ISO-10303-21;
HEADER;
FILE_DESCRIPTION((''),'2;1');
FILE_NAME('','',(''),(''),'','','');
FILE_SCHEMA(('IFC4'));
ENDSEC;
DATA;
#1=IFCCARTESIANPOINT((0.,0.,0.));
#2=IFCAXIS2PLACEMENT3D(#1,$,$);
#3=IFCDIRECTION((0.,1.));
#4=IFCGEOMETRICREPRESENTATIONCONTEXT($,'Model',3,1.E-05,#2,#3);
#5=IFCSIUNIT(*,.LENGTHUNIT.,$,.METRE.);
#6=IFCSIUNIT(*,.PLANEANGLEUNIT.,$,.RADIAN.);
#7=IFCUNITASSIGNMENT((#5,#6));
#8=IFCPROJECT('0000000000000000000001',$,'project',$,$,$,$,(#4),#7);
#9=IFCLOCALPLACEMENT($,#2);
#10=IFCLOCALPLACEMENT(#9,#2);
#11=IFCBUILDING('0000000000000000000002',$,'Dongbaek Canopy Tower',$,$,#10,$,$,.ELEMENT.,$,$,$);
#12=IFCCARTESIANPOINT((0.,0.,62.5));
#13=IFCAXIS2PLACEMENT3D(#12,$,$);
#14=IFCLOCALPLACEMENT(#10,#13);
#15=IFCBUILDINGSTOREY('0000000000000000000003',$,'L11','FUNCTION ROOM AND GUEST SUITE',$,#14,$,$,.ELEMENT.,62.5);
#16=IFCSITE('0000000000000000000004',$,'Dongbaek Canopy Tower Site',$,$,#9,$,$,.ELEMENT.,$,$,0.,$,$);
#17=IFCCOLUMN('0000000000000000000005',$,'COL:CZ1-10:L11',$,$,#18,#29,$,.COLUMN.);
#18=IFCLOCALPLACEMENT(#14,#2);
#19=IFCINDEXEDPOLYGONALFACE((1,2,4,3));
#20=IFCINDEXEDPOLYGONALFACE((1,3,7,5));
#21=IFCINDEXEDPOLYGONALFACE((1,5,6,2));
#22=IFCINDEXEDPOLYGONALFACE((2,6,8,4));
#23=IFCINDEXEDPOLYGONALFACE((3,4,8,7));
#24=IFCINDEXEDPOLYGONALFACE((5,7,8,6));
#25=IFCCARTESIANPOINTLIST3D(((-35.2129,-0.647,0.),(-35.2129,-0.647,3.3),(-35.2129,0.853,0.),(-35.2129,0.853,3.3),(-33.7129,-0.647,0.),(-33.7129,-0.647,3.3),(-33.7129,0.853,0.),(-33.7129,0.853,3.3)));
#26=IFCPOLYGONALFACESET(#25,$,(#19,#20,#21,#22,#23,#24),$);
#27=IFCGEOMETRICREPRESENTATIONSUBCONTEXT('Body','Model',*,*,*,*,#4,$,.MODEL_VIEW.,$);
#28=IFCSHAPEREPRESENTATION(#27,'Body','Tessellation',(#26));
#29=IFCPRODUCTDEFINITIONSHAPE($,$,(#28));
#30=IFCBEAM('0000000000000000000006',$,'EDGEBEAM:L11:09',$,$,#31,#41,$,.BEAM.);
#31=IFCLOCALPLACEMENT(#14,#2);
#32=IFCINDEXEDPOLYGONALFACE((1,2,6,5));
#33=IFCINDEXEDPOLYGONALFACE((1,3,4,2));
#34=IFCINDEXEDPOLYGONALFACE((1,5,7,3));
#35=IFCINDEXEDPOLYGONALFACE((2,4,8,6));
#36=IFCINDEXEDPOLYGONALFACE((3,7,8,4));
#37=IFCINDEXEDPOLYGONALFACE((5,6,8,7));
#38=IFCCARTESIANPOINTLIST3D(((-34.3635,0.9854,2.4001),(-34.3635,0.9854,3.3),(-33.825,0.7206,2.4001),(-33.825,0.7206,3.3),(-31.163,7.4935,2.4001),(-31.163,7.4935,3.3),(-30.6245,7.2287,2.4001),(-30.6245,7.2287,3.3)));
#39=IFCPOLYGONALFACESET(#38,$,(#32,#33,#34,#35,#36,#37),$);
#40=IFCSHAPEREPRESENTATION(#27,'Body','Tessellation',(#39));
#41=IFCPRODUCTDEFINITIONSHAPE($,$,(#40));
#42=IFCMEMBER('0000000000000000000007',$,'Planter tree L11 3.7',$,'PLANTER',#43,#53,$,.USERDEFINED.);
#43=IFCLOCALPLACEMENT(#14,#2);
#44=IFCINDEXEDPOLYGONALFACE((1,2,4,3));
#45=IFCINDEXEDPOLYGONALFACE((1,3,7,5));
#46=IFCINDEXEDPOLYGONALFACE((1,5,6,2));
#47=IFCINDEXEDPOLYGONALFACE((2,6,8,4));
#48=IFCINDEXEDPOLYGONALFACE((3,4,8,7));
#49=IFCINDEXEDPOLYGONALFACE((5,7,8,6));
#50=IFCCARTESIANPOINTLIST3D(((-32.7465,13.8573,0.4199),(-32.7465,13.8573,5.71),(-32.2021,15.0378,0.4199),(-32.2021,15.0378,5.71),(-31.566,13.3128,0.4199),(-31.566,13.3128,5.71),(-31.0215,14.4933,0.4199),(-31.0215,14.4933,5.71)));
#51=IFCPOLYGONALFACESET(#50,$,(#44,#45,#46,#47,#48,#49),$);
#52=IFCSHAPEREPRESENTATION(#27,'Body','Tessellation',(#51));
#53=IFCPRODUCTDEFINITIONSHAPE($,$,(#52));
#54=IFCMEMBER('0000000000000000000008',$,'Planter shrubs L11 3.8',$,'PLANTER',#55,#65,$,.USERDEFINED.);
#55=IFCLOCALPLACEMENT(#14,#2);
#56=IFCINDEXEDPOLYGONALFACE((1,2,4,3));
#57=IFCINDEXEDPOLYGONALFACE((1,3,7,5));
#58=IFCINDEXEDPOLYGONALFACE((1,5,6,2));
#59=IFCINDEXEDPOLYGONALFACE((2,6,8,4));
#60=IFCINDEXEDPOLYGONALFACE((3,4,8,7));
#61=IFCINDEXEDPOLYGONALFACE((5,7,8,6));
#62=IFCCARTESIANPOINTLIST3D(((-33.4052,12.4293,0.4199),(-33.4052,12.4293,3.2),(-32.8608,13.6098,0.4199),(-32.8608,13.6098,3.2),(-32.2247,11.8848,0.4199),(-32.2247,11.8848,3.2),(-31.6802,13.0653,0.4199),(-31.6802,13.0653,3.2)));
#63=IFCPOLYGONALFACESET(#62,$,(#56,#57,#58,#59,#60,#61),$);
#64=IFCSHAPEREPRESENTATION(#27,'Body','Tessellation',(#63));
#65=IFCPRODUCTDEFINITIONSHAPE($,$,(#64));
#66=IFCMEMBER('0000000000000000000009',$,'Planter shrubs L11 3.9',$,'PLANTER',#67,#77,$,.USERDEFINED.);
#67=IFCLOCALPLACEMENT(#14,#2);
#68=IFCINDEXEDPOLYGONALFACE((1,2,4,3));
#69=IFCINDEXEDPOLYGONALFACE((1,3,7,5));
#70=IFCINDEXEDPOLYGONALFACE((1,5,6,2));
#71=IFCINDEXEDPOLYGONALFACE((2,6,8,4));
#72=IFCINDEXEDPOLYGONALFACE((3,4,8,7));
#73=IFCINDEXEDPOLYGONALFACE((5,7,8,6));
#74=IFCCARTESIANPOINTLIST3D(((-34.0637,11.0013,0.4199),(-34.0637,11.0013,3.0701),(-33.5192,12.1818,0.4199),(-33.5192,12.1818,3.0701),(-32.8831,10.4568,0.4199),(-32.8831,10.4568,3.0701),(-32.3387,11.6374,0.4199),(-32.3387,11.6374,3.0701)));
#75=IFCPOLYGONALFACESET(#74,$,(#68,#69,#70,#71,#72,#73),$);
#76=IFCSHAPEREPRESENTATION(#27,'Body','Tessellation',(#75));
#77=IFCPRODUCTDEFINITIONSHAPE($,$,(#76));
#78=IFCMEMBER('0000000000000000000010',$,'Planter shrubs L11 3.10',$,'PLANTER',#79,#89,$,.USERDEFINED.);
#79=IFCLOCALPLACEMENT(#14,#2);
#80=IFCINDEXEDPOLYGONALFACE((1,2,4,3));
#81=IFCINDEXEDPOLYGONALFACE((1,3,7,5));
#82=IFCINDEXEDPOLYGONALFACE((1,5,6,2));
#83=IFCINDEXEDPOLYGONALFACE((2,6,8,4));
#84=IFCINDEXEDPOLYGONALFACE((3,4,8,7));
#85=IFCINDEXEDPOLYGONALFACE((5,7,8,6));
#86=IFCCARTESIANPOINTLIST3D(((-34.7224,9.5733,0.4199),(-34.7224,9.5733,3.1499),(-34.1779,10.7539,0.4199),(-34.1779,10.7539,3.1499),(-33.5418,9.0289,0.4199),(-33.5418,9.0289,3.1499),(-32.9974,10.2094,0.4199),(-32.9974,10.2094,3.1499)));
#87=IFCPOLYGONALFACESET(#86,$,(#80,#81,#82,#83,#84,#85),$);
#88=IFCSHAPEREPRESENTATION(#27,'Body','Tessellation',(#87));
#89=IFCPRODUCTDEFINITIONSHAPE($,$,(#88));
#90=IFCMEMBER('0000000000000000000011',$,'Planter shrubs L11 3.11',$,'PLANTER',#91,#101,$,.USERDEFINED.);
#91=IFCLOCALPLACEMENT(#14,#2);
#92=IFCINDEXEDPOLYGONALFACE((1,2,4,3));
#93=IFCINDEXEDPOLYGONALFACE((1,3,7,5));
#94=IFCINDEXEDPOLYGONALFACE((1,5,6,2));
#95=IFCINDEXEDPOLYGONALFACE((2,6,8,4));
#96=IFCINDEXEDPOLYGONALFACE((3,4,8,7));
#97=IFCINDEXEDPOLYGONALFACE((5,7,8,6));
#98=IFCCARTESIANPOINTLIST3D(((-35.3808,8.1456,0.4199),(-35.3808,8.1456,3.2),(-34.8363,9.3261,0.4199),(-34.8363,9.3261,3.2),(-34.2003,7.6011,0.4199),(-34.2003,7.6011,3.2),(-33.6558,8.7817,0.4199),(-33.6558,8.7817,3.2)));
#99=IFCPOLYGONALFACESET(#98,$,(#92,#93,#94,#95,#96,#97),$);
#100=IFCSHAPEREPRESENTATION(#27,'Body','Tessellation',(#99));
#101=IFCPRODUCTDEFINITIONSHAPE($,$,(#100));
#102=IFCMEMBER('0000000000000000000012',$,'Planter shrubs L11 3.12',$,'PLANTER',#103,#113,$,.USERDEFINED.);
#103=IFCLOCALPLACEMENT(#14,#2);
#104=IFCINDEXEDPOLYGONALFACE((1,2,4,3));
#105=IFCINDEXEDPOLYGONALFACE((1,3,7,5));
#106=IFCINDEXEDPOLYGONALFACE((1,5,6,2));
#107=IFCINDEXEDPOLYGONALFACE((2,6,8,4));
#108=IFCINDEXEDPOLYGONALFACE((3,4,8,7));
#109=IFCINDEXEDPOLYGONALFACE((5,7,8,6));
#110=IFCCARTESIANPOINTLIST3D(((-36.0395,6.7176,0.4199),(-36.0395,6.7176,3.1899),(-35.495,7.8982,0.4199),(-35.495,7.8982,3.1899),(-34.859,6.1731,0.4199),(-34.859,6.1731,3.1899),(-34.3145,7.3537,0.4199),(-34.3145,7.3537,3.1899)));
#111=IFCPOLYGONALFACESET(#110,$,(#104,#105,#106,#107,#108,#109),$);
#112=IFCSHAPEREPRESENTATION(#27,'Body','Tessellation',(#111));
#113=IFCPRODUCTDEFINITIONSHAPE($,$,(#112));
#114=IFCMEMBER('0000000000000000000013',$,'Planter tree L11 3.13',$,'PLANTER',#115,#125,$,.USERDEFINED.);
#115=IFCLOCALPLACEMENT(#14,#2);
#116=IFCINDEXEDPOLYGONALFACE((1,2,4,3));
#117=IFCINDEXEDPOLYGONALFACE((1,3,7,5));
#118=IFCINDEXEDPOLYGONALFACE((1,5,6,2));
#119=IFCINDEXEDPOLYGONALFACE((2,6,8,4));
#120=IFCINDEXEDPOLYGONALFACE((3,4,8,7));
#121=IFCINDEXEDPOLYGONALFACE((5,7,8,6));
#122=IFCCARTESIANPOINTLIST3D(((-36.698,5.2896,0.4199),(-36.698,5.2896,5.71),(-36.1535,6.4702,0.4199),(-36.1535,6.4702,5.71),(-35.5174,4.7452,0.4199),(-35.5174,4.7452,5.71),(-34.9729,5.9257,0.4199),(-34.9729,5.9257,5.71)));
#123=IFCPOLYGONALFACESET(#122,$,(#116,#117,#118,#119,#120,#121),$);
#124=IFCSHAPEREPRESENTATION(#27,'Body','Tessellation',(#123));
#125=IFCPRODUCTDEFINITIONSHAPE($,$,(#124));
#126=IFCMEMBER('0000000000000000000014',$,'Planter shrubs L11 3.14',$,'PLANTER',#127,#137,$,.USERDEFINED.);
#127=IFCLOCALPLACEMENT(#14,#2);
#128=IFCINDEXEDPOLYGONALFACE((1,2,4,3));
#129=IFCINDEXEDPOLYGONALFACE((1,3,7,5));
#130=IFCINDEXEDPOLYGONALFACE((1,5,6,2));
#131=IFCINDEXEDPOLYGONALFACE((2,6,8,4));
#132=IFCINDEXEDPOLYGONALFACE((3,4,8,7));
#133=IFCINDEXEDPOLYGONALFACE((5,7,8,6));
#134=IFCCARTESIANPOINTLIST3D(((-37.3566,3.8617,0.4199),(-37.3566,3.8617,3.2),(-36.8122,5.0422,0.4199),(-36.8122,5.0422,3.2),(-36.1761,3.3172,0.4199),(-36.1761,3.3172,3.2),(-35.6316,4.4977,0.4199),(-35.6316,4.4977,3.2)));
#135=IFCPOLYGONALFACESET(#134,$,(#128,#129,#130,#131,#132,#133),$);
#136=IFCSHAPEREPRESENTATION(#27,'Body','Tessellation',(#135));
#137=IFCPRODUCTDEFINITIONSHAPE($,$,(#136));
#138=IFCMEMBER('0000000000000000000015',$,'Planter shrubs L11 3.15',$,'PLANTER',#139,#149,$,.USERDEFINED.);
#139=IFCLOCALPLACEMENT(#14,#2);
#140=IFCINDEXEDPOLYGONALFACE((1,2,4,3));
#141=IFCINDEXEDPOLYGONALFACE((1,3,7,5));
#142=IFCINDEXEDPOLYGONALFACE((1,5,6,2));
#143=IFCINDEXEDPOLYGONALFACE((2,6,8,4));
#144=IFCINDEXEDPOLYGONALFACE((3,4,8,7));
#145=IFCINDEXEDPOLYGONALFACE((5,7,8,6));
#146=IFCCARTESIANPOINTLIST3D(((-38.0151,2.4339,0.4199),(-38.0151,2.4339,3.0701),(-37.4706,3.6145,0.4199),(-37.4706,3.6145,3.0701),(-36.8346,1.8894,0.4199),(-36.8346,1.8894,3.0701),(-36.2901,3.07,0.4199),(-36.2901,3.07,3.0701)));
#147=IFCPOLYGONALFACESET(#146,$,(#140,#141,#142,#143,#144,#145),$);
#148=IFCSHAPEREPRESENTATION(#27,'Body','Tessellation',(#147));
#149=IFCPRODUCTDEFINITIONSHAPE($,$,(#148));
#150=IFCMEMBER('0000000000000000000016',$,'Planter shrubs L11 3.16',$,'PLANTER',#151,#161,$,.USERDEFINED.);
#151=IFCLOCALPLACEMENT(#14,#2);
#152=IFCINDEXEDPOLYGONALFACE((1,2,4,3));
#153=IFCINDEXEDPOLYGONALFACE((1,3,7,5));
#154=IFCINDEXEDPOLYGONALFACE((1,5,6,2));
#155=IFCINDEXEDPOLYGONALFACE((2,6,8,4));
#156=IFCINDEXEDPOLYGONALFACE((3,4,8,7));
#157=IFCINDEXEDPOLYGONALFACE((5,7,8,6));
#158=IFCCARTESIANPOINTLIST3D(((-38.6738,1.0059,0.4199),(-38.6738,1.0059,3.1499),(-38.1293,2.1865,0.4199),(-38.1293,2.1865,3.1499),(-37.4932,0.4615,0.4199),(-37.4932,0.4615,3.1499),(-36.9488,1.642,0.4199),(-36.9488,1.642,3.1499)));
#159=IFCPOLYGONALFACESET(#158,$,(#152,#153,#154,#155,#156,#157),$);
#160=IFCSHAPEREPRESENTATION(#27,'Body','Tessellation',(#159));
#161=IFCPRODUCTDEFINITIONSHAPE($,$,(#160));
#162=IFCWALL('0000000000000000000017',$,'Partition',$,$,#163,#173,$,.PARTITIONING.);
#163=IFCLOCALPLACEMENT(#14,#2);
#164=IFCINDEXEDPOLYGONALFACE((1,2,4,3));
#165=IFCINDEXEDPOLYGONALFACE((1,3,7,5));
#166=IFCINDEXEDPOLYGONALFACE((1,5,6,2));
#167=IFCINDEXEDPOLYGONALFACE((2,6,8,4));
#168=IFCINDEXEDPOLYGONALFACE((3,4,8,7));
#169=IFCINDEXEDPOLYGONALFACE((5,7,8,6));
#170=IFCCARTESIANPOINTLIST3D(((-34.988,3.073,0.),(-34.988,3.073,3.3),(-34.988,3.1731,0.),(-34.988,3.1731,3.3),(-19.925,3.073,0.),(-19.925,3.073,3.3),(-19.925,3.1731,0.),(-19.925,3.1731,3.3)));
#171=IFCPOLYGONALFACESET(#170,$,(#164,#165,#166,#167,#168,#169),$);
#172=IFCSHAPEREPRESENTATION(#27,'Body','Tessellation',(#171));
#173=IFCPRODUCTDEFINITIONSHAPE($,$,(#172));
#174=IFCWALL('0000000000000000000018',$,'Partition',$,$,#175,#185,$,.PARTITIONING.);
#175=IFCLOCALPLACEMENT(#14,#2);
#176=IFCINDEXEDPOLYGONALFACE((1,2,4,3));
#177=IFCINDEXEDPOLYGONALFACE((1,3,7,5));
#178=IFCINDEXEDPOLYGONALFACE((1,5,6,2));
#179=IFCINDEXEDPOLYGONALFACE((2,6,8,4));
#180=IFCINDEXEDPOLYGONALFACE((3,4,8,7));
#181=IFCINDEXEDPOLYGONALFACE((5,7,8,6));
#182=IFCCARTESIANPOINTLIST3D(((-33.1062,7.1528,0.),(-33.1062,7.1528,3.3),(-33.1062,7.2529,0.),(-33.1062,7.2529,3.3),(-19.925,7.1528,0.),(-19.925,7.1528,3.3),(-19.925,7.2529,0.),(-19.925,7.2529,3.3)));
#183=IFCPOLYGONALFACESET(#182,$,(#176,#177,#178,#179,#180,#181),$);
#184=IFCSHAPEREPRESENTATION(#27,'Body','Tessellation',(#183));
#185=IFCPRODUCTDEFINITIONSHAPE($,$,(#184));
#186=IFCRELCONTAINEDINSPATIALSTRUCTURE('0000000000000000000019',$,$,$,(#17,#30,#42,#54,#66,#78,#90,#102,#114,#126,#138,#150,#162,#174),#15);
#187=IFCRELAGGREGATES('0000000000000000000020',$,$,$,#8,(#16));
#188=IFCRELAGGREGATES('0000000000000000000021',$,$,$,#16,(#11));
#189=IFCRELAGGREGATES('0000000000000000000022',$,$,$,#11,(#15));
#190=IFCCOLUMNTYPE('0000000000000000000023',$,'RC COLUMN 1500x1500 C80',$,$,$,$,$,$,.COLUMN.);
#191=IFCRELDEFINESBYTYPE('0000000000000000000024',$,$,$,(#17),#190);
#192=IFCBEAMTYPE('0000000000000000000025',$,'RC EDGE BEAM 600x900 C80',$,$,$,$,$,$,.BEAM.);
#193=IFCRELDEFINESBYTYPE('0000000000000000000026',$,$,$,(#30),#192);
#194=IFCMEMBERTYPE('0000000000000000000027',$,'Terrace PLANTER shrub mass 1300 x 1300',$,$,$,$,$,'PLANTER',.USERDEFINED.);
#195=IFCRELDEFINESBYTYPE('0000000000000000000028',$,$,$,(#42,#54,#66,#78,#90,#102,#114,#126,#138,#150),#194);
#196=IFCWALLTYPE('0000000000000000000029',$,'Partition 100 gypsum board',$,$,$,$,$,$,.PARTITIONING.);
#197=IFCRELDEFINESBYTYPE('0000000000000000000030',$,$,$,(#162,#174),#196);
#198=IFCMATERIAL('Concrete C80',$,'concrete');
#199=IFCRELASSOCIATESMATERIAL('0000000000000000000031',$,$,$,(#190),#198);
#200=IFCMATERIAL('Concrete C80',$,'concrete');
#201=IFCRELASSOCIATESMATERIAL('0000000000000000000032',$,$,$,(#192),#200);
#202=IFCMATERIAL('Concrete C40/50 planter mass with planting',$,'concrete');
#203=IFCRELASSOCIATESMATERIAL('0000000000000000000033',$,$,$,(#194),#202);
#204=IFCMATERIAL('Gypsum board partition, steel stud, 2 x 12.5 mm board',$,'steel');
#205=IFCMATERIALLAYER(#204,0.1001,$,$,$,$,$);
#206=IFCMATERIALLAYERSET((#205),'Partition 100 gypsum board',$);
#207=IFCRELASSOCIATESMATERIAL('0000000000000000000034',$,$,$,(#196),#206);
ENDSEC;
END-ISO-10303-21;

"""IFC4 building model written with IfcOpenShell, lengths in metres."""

from ifc_helpers import new_model, si_unit, direction, frame, frame_2d, origin, origin_2d, place, context, subcontext, project, spatial, rectangle, extrude, material, layer, layer_set, material_profile, profile_set, type_object, element, save


model = new_model("IFC4")

# Units and contexts
model_context = context("Model", 3, precision=1e-05, world=origin(), true_north=direction((0.0, 1.0)))
body_context = subcontext(model_context, "Body", "Model", "MODEL_VIEW")
ifc_project = project(units=[si_unit("LENGTHUNIT", "METRE"), si_unit("PLANEANGLEUNIT", "RADIAN")], contexts=[model_context])

# Site, building, storey
site_placement = place(None, origin())
site = spatial("IfcSite", under=ifc_project, at=site_placement, Name="Dongbaek Canopy Tower Site", CompositionType="ELEMENT", RefElevation=0.0)
building_placement = place(site_placement, origin())
building = spatial("IfcBuilding", under=site, at=building_placement, Name="Dongbaek Canopy Tower", CompositionType="ELEMENT")
storey_placement = place(building_placement, frame((0.0, 0.0, 62.5)))
storey = spatial("IfcBuildingStorey", under=building, at=storey_placement, Name="L11", Description="FUNCTION ROOM AND GUEST SUITE", CompositionType="ELEMENT", Elevation=62.5)

# Column
ifc_material_1 = material(Name="Concrete C80", Category="concrete")
ifc_material_profile_1 = material_profile(ifc_material_1, rectangle(XDim=1.5, YDim=1.5, at=origin_2d()), Name="RC COLUMN 1500x1500 C80")
ifc_profile_set_1 = profile_set([ifc_material_profile_1], Name="Concrete C80")
column_type = type_object("IfcColumnType", Name="RC COLUMN 1500x1500 C80", PredefinedType="COLUMN", material=ifc_profile_set_1)
column_placement = place(storey_placement, frame((-34.4629, 0.103, 0.0), z_axis=(0.0, 0.0, 1.0), x_axis=(1.0, 0.0, 0.0)))
element("IfcColumn", 1, at=column_placement, inside=storey, type_object=column_type, Name="COL:CZ1-10:L11", PredefinedType="COLUMN", context=body_context, shape_type="SweptSolid", body=[
    extrude(rectangle(XDim=1.5, YDim=1.5, at=origin_2d()), origin(), (0.0, 0.0, 1.0), 3.3),
])

# Beam
ifc_material_2 = material(Name="Concrete C80", Category="concrete")
ifc_material_profile_2 = material_profile(ifc_material_2, rectangle(XDim=0.6001, YDim=0.8999, at=origin_2d()), Name="RC EDGE BEAM 600x900 C80")
ifc_profile_set_2 = profile_set([ifc_material_profile_2], Name="Concrete C80")
beam_type = type_object("IfcBeamType", Name="RC EDGE BEAM 600x900 C80", PredefinedType="BEAM", material=ifc_profile_set_2)
beam_placement = place(storey_placement, frame((-34.0942, 0.853, 2.8501), z_axis=(0.441293, 0.897363, 0.0), x_axis=(-0.897363, 0.441293, 0.0)))
element("IfcBeam", 2, at=beam_placement, inside=storey, type_object=beam_type, Name="EDGEBEAM:L11:09", PredefinedType="BEAM", context=body_context, shape_type="SweptSolid", body=[
    extrude(rectangle(XDim=0.6001, YDim=0.8999, at=origin_2d()), origin(), (0.0, 0.0, 1.0), 7.2524),
])

# Members
ifc_material_3 = material(Name="Concrete C40/50 planter mass with planting", Category="concrete")
ifc_material_profile_3 = material_profile(ifc_material_3, rectangle(XDim=1.3, YDim=1.3, at=origin_2d()), Name="Terrace PLANTER shrub mass 1300 x 1300")
ifc_profile_set_3 = profile_set([ifc_material_profile_3], Name="Concrete C40/50 planter mass with planting")
member_type = type_object("IfcMemberType", Name="Terrace PLANTER shrub mass 1300 x 1300", ElementType="PLANTER", PredefinedType="USERDEFINED", material=ifc_profile_set_3)
member_1_placement = place(storey_placement, frame((-31.884, 14.1753, 0.4199), z_axis=(0.0, 0.0, 1.0), x_axis=(-0.908073, 0.418811, 0.0)))
element("IfcMember", 3, at=member_1_placement, inside=storey, type_object=member_type, Name="Planter tree L11 3.7", ObjectType="PLANTER", PredefinedType="USERDEFINED", context=body_context, shape_type="SweptSolid", body=[
    extrude(rectangle(XDim=1.3, YDim=1.3, at=origin_2d()), origin(), (0.0, 0.0, 1.0), 5.29),
])
member_2_placement = place(storey_placement, frame((-32.5427, 12.7473, 0.4199), z_axis=(0.0, 0.0, 1.0), x_axis=(-0.908073, 0.418811, 0.0)))
element("IfcMember", 4, at=member_2_placement, inside=storey, type_object=member_type, Name="Planter shrubs L11 3.8", ObjectType="PLANTER", PredefinedType="USERDEFINED", context=body_context, shape_type="SweptSolid", body=[
    extrude(rectangle(XDim=1.3, YDim=1.3, at=origin_2d()), origin(), (0.0, 0.0, 1.0), 2.78),
])
member_3_placement = place(storey_placement, frame((-33.2012, 11.3193, 0.4199), z_axis=(0.0, 0.0, 1.0), x_axis=(-0.908073, 0.418811, 0.0)))
element("IfcMember", 5, at=member_3_placement, inside=storey, type_object=member_type, Name="Planter shrubs L11 3.9", ObjectType="PLANTER", PredefinedType="USERDEFINED", context=body_context, shape_type="SweptSolid", body=[
    extrude(rectangle(XDim=1.3, YDim=1.3, at=origin_2d()), origin(), (0.0, 0.0, 1.0), 2.6501),
])
member_4_placement = place(storey_placement, frame((-33.8599, 9.8914, 0.4199), z_axis=(0.0, 0.0, 1.0), x_axis=(-0.908073, 0.418811, 0.0)))
element("IfcMember", 6, at=member_4_placement, inside=storey, type_object=member_type, Name="Planter shrubs L11 3.10", ObjectType="PLANTER", PredefinedType="USERDEFINED", context=body_context, shape_type="SweptSolid", body=[
    extrude(rectangle(XDim=1.3, YDim=1.3, at=origin_2d()), origin(), (0.0, 0.0, 1.0), 2.73),
])
member_5_placement = place(storey_placement, frame((-34.5183, 8.4636, 0.4199), z_axis=(0.0, 0.0, 1.0), x_axis=(-0.908073, 0.418811, 0.0)))
element("IfcMember", 7, at=member_5_placement, inside=storey, type_object=member_type, Name="Planter shrubs L11 3.11", ObjectType="PLANTER", PredefinedType="USERDEFINED", context=body_context, shape_type="SweptSolid", body=[
    extrude(rectangle(XDim=1.3, YDim=1.3, at=origin_2d()), origin(), (0.0, 0.0, 1.0), 2.78),
])
member_6_placement = place(storey_placement, frame((-35.177, 7.0356, 0.4199), z_axis=(0.0, 0.0, 1.0), x_axis=(-0.908073, 0.418811, 0.0)))
element("IfcMember", 8, at=member_6_placement, inside=storey, type_object=member_type, Name="Planter shrubs L11 3.12", ObjectType="PLANTER", PredefinedType="USERDEFINED", context=body_context, shape_type="SweptSolid", body=[
    extrude(rectangle(XDim=1.3, YDim=1.3, at=origin_2d()), origin(), (0.0, 0.0, 1.0), 2.77),
])
member_7_placement = place(storey_placement, frame((-35.8354, 5.6077, 0.4199), z_axis=(0.0, 0.0, 1.0), x_axis=(-0.908073, 0.418811, 0.0)))
element("IfcMember", 9, at=member_7_placement, inside=storey, type_object=member_type, Name="Planter tree L11 3.13", ObjectType="PLANTER", PredefinedType="USERDEFINED", context=body_context, shape_type="SweptSolid", body=[
    extrude(rectangle(XDim=1.3, YDim=1.3, at=origin_2d()), origin(), (0.0, 0.0, 1.0), 5.29),
])
member_8_placement = place(storey_placement, frame((-36.4941, 4.1797, 0.4199), z_axis=(0.0, 0.0, 1.0), x_axis=(-0.908073, 0.418811, 0.0)))
element("IfcMember", 10, at=member_8_placement, inside=storey, type_object=member_type, Name="Planter shrubs L11 3.14", ObjectType="PLANTER", PredefinedType="USERDEFINED", context=body_context, shape_type="SweptSolid", body=[
    extrude(rectangle(XDim=1.3, YDim=1.3, at=origin_2d()), origin(), (0.0, 0.0, 1.0), 2.78),
])
member_9_placement = place(storey_placement, frame((-37.1526, 2.752, 0.4199), z_axis=(0.0, 0.0, 1.0), x_axis=(-0.908073, 0.418811, 0.0)))
element("IfcMember", 11, at=member_9_placement, inside=storey, type_object=member_type, Name="Planter shrubs L11 3.15", ObjectType="PLANTER", PredefinedType="USERDEFINED", context=body_context, shape_type="SweptSolid", body=[
    extrude(rectangle(XDim=1.3, YDim=1.3, at=origin_2d()), origin(), (0.0, 0.0, 1.0), 2.6501),
])
member_10_placement = place(storey_placement, frame((-37.8113, 1.324, 0.4199), z_axis=(0.0, 0.0, 1.0), x_axis=(-0.908073, 0.418811, 0.0)))
element("IfcMember", 12, at=member_10_placement, inside=storey, type_object=member_type, Name="Planter shrubs L11 3.16", ObjectType="PLANTER", PredefinedType="USERDEFINED", context=body_context, shape_type="SweptSolid", body=[
    extrude(rectangle(XDim=1.3, YDim=1.3, at=origin_2d()), origin(), (0.0, 0.0, 1.0), 2.73),
])

# Walls
ifc_material_4 = material(Name="Gypsum board partition, steel stud, 2 x 12.5 mm board", Category="steel")
ifc_layer = layer(ifc_material_4, 0.1001)
ifc_layer_set = layer_set([ifc_layer], Name="Partition 100 gypsum board")
wall_type = type_object("IfcWallType", Name="Partition 100 gypsum board", PredefinedType="PARTITIONING", material=ifc_layer_set)
wall_1_placement = place(storey_placement, frame((-34.988, 3.123, 0.0), z_axis=(0.0, 0.0, 1.0), x_axis=(1.0, 0.0, 0.0)))
element("IfcWall", 13, at=wall_1_placement, inside=storey, type_object=wall_type, Name="Partition", PredefinedType="PARTITIONING", context=body_context, shape_type="SweptSolid", body=[
    extrude(rectangle(XDim=15.063, YDim=0.1001, at=frame_2d((7.5315, 0.0))), origin(), (0.0, 0.0, 1.0), 3.3),
])
wall_2_placement = place(storey_placement, frame((-33.1062, 7.2029, 0.0), z_axis=(0.0, 0.0, 1.0), x_axis=(1.0, 0.0, 0.0)))
element("IfcWall", 14, at=wall_2_placement, inside=storey, type_object=wall_type, Name="Partition", PredefinedType="PARTITIONING", context=body_context, shape_type="SweptSolid", body=[
    extrude(rectangle(XDim=13.1812, YDim=0.1001, at=frame_2d((6.5906, 0.0))), origin(), (0.0, 0.0, 1.0), 3.3),
])

save(model, "model.ifc")
